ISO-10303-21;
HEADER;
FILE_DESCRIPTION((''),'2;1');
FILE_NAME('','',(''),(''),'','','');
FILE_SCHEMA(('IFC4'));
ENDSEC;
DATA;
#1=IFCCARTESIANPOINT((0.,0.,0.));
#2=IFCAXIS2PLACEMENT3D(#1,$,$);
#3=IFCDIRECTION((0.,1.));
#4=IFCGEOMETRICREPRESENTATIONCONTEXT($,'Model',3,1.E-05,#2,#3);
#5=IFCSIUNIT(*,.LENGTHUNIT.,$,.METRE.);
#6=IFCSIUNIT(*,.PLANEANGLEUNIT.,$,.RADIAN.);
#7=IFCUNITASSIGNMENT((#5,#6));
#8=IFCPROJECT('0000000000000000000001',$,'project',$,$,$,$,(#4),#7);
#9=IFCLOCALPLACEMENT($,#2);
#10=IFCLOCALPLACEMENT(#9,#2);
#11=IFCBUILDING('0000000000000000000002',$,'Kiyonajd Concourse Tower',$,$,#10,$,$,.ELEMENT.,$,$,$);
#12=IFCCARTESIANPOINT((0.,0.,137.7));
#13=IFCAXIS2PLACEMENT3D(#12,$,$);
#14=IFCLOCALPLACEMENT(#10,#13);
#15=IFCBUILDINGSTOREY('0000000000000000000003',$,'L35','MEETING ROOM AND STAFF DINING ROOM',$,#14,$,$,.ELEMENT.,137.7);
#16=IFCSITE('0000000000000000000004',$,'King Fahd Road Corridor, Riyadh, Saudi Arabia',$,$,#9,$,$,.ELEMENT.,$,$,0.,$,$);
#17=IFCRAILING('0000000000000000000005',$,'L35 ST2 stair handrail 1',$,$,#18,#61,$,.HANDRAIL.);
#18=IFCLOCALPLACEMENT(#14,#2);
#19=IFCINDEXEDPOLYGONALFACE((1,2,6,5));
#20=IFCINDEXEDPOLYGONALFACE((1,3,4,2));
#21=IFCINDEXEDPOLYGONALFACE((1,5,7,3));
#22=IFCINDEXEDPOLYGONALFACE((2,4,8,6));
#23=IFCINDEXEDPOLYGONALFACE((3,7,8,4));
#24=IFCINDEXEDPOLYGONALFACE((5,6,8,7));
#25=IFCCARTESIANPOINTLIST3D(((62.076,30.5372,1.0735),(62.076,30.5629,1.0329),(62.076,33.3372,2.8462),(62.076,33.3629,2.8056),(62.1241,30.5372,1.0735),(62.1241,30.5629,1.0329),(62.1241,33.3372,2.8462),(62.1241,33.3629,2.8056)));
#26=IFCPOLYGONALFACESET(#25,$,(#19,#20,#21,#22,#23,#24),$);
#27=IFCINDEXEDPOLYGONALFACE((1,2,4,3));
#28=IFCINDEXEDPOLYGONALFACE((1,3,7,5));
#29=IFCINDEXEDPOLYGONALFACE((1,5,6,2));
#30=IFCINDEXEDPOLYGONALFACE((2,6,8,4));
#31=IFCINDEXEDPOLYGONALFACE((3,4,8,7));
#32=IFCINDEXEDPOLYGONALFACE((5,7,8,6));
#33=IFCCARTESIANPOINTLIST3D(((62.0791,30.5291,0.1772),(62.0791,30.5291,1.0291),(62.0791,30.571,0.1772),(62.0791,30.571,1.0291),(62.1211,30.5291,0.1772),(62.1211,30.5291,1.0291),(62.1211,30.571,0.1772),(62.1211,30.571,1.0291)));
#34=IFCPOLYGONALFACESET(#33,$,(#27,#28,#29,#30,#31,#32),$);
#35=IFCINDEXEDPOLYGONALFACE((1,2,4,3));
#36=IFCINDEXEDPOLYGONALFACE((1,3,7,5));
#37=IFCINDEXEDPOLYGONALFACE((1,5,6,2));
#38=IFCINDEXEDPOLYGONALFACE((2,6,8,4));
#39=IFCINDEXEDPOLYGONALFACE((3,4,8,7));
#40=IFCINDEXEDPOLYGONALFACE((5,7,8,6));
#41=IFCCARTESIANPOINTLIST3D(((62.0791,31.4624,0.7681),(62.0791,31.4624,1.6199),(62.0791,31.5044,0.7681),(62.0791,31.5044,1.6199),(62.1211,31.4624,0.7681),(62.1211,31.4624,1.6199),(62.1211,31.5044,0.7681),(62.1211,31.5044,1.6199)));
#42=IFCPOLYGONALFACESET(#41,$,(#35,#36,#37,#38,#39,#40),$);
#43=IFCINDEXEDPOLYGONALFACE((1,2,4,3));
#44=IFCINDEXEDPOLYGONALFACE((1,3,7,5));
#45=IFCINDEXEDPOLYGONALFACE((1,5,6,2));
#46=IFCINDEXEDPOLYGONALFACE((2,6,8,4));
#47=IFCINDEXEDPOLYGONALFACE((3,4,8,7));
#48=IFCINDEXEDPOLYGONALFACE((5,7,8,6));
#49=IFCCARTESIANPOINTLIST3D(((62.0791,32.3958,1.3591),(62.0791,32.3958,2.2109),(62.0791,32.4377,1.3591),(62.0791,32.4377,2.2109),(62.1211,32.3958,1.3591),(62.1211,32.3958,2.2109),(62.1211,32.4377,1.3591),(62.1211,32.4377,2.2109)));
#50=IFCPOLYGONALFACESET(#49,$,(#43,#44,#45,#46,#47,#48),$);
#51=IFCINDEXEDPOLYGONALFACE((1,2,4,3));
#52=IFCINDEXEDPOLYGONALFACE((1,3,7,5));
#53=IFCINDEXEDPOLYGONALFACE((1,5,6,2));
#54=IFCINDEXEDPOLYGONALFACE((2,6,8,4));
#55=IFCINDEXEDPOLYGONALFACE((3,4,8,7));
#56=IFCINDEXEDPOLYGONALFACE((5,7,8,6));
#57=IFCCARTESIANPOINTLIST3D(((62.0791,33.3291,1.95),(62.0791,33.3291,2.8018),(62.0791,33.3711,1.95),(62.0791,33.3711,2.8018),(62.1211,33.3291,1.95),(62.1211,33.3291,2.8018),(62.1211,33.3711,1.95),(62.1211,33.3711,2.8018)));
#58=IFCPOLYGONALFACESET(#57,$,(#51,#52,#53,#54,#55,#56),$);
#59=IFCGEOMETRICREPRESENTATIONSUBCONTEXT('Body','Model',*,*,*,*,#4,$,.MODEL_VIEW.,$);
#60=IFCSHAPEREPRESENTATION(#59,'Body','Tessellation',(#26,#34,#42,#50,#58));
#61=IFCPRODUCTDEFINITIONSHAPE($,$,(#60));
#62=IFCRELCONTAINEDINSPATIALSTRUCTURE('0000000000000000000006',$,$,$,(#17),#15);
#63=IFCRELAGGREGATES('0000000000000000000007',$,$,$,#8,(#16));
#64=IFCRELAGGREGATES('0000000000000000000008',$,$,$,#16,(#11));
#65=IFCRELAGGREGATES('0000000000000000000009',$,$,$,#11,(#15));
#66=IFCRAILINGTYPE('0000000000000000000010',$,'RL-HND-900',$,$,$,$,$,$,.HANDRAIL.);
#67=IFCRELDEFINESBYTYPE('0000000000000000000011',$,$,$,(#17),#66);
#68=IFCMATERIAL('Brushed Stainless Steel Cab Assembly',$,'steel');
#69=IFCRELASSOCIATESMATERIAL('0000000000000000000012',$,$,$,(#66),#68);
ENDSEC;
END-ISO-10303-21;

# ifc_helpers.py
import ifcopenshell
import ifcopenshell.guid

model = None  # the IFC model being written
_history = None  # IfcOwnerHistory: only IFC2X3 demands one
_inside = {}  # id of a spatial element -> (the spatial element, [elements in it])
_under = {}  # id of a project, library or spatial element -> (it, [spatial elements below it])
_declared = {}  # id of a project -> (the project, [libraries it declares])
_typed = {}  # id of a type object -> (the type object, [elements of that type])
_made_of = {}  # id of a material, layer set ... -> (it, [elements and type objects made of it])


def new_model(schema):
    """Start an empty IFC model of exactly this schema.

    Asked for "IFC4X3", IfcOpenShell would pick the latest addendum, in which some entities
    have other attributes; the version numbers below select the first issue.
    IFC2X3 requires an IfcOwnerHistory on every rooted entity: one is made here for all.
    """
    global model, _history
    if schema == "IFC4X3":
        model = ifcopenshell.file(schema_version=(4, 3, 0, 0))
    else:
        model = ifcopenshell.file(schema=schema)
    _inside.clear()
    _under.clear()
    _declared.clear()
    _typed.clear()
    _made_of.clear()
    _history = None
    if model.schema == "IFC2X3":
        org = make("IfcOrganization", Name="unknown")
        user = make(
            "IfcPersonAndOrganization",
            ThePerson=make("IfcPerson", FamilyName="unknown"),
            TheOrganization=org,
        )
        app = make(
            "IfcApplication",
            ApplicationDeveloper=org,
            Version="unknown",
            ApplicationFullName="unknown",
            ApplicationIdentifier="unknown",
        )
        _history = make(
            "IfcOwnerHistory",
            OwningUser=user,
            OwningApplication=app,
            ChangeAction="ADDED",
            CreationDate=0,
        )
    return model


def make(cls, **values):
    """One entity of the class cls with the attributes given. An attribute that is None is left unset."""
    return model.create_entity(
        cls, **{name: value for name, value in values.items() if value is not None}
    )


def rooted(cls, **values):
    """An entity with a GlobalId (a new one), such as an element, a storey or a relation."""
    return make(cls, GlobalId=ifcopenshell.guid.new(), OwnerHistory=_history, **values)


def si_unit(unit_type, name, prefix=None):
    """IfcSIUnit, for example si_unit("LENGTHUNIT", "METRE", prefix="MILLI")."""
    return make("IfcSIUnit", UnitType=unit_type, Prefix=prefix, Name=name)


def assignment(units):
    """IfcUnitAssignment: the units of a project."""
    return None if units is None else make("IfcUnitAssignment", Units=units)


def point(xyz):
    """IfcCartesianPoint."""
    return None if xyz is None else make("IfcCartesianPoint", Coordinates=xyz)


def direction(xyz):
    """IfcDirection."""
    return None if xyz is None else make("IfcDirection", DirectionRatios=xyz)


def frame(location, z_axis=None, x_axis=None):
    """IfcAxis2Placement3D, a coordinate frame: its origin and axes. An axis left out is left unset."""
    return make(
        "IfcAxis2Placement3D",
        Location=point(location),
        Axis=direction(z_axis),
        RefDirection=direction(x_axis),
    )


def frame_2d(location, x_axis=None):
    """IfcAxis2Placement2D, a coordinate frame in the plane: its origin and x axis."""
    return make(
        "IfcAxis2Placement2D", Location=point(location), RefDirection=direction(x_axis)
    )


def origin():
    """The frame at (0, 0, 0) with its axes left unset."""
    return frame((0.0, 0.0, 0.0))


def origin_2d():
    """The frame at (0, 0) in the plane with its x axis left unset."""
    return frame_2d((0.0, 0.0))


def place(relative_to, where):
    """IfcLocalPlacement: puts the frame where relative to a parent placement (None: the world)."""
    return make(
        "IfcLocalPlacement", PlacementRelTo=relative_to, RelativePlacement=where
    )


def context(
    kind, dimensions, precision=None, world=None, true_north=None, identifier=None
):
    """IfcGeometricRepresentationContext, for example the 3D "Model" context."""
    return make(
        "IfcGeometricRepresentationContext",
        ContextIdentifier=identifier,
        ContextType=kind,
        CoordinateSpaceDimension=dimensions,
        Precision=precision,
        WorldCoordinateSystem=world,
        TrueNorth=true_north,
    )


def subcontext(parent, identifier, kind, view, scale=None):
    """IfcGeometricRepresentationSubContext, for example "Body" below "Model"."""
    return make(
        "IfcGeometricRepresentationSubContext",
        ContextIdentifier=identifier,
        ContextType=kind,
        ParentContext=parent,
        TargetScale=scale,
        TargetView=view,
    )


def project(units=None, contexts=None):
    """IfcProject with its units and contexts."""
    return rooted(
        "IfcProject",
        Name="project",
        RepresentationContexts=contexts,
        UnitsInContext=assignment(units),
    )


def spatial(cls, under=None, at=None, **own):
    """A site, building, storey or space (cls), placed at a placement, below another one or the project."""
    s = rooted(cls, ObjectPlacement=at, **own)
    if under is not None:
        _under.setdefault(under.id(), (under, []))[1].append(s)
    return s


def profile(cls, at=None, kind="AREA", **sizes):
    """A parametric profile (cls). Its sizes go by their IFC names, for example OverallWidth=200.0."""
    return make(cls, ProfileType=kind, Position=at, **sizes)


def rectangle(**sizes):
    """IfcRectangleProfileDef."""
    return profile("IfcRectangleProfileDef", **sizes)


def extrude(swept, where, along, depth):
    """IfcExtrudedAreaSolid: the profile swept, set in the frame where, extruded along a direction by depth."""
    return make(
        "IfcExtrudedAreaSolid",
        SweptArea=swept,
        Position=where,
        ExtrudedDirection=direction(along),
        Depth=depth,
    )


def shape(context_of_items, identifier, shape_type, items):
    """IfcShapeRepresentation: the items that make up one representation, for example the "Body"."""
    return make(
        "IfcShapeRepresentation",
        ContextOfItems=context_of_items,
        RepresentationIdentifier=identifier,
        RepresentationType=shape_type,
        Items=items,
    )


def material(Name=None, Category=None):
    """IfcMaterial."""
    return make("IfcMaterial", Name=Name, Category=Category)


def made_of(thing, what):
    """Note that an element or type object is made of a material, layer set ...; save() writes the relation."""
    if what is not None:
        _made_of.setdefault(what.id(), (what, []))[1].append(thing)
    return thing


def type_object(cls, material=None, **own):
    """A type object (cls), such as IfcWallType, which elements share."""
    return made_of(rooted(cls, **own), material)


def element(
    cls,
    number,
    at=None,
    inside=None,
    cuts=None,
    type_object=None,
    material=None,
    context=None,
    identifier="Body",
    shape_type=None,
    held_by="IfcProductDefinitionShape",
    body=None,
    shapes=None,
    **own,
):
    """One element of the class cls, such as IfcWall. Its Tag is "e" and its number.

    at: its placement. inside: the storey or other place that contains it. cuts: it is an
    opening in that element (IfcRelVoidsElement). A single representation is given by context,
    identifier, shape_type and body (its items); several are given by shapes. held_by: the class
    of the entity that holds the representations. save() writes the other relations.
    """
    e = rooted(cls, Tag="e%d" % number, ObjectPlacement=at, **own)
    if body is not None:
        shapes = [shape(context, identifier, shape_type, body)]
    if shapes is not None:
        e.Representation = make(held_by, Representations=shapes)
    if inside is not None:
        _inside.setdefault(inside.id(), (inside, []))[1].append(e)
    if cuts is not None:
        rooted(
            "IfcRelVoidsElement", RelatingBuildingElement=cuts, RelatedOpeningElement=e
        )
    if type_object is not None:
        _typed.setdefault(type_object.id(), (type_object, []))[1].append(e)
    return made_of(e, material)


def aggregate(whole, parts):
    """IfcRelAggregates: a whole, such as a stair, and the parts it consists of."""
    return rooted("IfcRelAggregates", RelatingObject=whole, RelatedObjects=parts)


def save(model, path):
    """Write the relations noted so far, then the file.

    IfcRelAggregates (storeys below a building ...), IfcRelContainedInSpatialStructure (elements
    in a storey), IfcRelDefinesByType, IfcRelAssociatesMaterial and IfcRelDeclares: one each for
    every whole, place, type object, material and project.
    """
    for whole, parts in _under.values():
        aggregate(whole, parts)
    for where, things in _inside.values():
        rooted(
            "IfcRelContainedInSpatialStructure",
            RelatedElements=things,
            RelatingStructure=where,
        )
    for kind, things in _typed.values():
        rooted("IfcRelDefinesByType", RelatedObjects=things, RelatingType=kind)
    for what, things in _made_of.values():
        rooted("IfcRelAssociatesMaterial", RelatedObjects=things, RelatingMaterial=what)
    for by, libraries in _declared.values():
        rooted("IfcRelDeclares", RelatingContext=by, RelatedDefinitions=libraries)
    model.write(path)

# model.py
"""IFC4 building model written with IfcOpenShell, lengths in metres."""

from ifc_helpers import new_model, si_unit, direction, frame, origin, origin_2d, place, context, subcontext, project, spatial, rectangle, extrude, material, type_object, element, save


model = new_model("IFC4")

# Units and contexts
model_context = context("Model", 3, precision=1e-05, world=origin(), true_north=direction((0.0, 1.0)))
body_context = subcontext(model_context, "Body", "Model", "MODEL_VIEW")
ifc_project = project(units=[si_unit("LENGTHUNIT", "METRE"), si_unit("PLANEANGLEUNIT", "RADIAN")], contexts=[model_context])

# Site, building, storey
site_placement = place(None, origin())
site = spatial("IfcSite", under=ifc_project, at=site_placement, Name="King Fahd Road Corridor, Riyadh, Saudi Arabia", CompositionType="ELEMENT", RefElevation=0.0)
building_placement = place(site_placement, origin())
building = spatial("IfcBuilding", under=site, at=building_placement, Name="Kiyonajd Concourse Tower", CompositionType="ELEMENT")
storey_placement = place(building_placement, frame((0.0, 0.0, 137.7)))
storey = spatial("IfcBuildingStorey", under=building, at=storey_placement, Name="L35", Description="MEETING ROOM AND STAFF DINING ROOM", CompositionType="ELEMENT", Elevation=137.7)

# Railing
ifc_material_1 = material(Name="Brushed Stainless Steel Cab Assembly", Category="steel")
railing_type_1 = type_object("IfcRailingType", Name="RL-HND-900", PredefinedType="HANDRAIL", material=ifc_material_1)
railing_1_placement = place(storey_placement, frame((62.1001, 30.55, 0.1772)))
element("IfcRailing", 1, at=railing_1_placement, inside=storey, type_object=railing_type_1, Name="L35 ST2 stair handrail 1", PredefinedType="HANDRAIL", context=body_context, shape_type="SweptSolid", body=[
    extrude(rectangle(XDim=0.0481, YDim=0.0481, at=origin_2d()), frame((0.0, 0.0, 0.876), z_axis=(0.0, 0.844909, 0.53491), x_axis=(-1.0, 0.0, 0.0)), (0.0, 0.0, 1.0), 3.314),
    extrude(rectangle(XDim=0.042, YDim=0.042, at=origin_2d()), origin(), (0.0, 0.0, 1.0), 0.8518),
    extrude(rectangle(XDim=0.042, YDim=0.042, at=origin_2d()), frame((0.0, 0.9333, 0.5908)), (0.0, 0.0, 1.0), 0.8518),
    extrude(rectangle(XDim=0.042, YDim=0.042, at=origin_2d()), frame((0.0, 1.8667, 1.1819)), (0.0, 0.0, 1.0), 0.8518),
    extrude(rectangle(XDim=0.042, YDim=0.042, at=origin_2d()), frame((0.0, 2.8, 1.7727)), (0.0, 0.0, 1.0), 0.8518),
])

save(model, "model.ifc")
